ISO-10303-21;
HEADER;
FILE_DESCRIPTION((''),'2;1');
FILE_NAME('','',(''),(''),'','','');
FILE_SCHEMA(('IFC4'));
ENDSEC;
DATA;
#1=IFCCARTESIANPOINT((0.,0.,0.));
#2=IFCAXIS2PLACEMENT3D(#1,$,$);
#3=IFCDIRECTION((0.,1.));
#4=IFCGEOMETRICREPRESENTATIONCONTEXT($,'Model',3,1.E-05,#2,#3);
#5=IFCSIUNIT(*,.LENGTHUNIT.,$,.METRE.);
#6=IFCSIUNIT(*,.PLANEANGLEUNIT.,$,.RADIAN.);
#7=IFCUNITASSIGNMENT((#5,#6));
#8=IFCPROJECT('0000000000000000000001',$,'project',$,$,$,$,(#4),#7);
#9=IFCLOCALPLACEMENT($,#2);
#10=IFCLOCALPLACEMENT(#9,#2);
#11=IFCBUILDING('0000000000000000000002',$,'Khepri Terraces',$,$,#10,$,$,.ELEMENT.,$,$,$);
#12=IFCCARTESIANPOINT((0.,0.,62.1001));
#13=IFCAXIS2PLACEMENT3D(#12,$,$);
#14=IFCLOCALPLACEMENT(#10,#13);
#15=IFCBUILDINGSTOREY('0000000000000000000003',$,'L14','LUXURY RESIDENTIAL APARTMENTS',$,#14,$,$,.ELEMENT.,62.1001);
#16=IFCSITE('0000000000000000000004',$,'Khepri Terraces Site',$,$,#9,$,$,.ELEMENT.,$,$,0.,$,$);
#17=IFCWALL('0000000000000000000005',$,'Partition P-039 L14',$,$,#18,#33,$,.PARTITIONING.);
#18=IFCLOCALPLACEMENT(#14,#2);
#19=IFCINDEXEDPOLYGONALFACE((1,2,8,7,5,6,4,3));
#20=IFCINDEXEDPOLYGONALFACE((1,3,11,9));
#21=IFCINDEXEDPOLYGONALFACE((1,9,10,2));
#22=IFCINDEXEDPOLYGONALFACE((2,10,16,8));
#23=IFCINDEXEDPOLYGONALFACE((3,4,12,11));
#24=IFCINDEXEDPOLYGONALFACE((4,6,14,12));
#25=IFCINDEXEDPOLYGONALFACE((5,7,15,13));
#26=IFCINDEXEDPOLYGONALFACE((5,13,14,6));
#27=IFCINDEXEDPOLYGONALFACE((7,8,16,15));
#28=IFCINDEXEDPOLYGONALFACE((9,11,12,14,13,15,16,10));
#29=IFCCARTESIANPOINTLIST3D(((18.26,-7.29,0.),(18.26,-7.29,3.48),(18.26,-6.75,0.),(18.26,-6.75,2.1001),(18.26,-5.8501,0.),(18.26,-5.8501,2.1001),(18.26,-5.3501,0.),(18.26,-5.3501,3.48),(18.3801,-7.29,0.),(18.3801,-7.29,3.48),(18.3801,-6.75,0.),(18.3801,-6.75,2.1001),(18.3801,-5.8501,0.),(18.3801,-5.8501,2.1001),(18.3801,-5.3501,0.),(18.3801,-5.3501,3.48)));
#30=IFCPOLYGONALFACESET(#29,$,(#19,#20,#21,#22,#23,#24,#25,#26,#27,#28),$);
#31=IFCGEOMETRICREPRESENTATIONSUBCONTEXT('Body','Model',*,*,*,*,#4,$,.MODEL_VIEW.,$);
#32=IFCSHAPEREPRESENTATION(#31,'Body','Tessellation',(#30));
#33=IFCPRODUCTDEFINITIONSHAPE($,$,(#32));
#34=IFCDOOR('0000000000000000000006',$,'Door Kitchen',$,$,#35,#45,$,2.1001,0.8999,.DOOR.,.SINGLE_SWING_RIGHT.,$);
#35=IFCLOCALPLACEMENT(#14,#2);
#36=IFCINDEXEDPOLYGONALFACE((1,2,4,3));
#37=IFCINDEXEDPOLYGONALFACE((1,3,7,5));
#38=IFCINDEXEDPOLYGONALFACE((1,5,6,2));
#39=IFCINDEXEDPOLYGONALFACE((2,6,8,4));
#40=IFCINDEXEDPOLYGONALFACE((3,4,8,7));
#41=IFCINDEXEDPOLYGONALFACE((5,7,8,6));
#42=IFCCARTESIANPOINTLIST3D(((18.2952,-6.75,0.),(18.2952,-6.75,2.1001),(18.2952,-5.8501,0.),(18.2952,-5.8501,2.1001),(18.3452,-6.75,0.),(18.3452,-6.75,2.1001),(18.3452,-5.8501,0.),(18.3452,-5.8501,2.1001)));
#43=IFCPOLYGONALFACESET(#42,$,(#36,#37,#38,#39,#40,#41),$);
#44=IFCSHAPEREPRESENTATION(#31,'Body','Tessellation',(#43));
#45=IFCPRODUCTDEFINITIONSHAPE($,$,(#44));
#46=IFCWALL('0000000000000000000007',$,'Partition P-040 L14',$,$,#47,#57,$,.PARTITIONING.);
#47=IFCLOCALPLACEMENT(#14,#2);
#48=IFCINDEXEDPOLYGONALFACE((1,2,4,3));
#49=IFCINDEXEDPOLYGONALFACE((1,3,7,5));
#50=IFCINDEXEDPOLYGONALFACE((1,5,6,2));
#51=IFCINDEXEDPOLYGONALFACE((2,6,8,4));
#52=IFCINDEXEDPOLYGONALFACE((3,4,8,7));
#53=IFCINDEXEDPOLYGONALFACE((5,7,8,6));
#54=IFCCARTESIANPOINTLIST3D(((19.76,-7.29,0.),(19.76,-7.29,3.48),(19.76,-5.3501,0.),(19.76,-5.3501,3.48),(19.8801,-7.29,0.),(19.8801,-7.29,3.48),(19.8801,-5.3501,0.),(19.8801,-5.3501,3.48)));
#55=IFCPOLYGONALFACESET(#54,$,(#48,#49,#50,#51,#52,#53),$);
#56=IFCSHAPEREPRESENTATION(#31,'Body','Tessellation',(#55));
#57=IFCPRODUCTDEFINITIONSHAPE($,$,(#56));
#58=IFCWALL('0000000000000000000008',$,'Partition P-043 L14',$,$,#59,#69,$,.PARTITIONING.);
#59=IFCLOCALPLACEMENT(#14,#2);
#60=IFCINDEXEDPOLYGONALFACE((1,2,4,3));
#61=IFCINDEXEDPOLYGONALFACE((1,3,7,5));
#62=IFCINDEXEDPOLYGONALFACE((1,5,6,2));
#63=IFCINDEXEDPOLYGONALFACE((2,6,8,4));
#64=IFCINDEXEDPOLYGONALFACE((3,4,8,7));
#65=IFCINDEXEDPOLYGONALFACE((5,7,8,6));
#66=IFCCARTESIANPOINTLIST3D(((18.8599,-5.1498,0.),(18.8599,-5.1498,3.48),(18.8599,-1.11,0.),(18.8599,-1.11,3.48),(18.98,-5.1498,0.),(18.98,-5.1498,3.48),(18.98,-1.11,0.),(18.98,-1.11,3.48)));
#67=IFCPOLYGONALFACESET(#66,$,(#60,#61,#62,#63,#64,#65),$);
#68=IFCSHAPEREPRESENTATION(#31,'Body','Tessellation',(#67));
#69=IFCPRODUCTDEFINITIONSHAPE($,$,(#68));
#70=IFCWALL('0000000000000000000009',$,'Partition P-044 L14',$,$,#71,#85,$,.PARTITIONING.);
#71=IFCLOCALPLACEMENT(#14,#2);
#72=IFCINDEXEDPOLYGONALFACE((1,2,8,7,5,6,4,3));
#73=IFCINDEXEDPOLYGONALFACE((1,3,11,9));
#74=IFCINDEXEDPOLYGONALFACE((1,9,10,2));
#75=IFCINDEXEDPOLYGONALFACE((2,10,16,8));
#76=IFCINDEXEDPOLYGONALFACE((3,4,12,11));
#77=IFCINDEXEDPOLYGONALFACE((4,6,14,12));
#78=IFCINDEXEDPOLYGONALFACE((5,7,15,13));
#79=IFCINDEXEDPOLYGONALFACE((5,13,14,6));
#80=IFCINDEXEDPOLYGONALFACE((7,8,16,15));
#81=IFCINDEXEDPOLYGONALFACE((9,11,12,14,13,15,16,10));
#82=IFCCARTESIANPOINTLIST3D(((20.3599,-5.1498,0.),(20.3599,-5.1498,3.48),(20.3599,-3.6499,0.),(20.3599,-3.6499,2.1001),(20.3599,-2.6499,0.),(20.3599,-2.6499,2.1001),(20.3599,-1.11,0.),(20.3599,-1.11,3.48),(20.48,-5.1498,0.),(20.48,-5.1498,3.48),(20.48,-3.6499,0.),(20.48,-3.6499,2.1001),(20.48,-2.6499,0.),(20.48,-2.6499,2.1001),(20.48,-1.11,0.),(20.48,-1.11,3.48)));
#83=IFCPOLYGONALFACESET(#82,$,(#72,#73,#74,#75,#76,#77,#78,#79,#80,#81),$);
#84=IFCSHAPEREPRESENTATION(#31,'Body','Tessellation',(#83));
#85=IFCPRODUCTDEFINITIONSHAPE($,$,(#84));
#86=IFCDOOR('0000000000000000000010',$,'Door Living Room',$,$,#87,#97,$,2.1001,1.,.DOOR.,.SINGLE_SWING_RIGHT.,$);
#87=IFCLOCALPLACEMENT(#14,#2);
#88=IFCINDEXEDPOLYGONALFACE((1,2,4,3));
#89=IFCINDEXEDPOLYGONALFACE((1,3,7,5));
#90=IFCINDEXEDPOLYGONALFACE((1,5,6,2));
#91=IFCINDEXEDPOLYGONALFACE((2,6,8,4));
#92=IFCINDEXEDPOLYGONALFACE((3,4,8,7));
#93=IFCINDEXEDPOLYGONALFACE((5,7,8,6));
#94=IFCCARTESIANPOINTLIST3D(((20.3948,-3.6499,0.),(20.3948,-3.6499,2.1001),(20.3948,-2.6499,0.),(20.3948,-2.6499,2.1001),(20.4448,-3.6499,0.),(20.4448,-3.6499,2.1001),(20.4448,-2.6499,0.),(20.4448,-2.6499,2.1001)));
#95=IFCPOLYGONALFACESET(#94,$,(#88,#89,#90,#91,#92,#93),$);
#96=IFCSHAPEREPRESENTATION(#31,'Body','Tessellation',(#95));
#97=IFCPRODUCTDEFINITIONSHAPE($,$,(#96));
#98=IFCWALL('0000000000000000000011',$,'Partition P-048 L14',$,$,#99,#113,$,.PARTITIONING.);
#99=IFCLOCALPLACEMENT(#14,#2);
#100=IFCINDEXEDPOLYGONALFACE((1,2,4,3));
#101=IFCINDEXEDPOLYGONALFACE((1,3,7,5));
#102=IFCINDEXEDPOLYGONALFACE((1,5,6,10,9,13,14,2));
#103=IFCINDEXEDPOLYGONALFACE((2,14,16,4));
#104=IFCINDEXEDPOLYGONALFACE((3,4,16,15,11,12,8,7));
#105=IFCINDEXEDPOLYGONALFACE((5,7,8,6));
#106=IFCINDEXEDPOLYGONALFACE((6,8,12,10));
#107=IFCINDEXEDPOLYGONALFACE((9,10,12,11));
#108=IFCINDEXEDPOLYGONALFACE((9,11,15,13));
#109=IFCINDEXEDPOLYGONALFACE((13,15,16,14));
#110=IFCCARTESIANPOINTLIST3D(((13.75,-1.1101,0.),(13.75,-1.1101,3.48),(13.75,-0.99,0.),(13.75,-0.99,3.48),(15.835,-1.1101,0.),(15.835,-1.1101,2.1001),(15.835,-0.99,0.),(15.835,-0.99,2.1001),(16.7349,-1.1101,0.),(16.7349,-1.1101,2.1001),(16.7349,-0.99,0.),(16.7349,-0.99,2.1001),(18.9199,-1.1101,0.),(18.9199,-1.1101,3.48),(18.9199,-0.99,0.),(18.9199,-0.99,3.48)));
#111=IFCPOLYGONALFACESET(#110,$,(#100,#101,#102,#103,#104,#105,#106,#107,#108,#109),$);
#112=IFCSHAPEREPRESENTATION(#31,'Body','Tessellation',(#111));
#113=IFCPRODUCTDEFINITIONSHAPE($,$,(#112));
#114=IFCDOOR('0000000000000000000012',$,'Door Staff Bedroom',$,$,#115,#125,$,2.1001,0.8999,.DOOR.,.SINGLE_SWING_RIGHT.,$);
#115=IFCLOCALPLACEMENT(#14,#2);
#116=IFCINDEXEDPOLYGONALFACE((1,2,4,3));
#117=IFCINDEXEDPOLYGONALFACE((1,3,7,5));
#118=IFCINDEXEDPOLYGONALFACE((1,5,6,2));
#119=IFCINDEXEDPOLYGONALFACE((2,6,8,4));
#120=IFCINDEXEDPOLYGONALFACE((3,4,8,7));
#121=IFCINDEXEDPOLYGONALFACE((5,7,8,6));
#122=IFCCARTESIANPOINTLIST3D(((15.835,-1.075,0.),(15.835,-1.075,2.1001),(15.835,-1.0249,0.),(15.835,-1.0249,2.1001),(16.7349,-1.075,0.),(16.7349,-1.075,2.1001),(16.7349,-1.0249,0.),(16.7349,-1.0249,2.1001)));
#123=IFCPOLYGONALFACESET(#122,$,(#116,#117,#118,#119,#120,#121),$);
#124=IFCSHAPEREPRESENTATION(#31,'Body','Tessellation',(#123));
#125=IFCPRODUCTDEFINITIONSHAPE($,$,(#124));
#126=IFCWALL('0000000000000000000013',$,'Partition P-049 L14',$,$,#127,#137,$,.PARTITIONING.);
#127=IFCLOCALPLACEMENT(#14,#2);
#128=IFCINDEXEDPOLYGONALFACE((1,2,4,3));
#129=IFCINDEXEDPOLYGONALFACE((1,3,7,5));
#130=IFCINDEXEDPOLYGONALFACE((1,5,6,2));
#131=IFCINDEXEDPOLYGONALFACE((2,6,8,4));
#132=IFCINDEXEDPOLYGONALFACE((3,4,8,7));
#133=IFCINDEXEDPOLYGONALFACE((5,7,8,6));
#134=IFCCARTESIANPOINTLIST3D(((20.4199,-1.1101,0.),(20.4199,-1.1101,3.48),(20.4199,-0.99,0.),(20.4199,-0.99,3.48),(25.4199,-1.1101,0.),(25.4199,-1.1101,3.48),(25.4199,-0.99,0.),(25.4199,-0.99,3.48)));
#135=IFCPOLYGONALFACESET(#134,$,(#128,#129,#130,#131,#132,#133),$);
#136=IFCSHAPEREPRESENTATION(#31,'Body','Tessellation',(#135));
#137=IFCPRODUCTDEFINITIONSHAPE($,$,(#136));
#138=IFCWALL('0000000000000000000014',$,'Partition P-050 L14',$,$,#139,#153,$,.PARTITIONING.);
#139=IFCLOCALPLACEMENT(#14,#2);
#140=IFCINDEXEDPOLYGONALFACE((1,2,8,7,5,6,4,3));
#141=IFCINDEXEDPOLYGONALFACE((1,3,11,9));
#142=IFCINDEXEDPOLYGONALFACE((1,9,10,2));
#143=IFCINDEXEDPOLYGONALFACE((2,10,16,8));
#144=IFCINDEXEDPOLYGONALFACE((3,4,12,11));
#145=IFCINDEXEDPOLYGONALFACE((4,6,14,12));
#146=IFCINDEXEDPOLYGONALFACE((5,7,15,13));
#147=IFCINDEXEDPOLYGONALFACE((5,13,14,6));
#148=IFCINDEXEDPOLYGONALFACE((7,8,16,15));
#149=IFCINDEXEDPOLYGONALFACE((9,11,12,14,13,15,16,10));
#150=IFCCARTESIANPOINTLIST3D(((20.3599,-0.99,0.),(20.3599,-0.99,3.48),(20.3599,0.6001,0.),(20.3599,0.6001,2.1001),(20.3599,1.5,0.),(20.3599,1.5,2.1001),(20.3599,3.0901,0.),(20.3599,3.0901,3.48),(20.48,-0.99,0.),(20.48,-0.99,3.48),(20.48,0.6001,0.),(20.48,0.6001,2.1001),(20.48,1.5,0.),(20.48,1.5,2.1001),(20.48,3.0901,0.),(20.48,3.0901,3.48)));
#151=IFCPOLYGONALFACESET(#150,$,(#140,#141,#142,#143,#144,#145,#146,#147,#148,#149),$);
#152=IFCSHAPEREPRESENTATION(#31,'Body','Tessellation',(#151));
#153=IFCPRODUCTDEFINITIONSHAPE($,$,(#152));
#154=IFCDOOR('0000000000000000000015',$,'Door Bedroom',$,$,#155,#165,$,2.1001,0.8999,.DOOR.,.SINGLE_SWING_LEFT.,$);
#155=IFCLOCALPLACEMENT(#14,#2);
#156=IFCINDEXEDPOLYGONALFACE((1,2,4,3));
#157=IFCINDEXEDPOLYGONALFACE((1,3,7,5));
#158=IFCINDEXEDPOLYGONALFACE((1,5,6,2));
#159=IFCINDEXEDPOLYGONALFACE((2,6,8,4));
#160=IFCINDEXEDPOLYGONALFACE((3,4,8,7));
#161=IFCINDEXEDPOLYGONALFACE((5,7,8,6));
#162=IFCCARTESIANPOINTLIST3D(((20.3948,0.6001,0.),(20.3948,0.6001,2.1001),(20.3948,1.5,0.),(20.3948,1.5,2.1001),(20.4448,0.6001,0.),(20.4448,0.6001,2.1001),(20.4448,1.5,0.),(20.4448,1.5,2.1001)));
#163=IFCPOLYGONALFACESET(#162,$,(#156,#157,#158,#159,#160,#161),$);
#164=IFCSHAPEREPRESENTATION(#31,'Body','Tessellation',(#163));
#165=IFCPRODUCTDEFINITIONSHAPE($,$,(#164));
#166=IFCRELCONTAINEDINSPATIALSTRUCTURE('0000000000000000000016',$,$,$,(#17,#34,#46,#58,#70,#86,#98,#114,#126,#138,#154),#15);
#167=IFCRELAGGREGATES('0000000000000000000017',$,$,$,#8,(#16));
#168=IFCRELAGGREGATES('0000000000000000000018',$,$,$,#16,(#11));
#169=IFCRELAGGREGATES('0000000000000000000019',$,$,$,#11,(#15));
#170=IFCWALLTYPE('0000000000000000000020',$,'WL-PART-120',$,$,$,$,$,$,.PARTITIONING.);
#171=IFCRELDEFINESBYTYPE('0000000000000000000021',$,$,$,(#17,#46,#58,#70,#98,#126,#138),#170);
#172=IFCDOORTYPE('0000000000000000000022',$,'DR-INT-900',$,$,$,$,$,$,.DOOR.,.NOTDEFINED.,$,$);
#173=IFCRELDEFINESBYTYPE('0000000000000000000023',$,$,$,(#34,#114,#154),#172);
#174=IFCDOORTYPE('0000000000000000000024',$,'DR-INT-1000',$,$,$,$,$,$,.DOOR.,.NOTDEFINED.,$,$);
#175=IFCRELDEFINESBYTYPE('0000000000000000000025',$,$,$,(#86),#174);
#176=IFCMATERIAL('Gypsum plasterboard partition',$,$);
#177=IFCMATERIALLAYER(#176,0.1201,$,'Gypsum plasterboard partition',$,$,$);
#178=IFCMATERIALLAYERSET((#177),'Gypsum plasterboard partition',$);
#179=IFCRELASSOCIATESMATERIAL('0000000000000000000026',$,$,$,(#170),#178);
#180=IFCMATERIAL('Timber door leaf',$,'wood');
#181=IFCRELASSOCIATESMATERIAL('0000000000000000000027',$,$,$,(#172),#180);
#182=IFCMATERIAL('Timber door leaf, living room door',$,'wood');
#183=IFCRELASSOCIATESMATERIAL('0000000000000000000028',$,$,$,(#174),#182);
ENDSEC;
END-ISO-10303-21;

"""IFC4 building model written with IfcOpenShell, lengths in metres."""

from ifc_helpers import new_model, si_unit, direction, frame, frame_2d, origin, place, context, subcontext, project, spatial, rectangle, extrude, material, layer, layer_set, type_object, element, fill, save


model = new_model("IFC4")

# Units and contexts
model_context = context("Model", 3, precision=1e-05, world=origin(), true_north=direction((0.0, 1.0)))
body_context = subcontext(model_context, "Body", "Model", "MODEL_VIEW")
ifc_project = project(units=[si_unit("LENGTHUNIT", "METRE"), si_unit("PLANEANGLEUNIT", "RADIAN")], contexts=[model_context])

# Site, building, storey
site_placement = place(None, origin())
site = spatial("IfcSite", under=ifc_project, at=site_placement, Name="Khepri Terraces Site", CompositionType="ELEMENT", RefElevation=0.0)
building_placement = place(site_placement, origin())
building = spatial("IfcBuilding", under=site, at=building_placement, Name="Khepri Terraces", CompositionType="ELEMENT")
storey_placement = place(building_placement, frame((0.0, 0.0, 62.1001)))
storey = spatial("IfcBuildingStorey", under=building, at=storey_placement, Name="L14", Description="LUXURY RESIDENTIAL APARTMENTS", CompositionType="ELEMENT", Elevation=62.1001)

# Shared definitions
ifc_material_1 = material(Name="Gypsum plasterboard partition")
ifc_layer_1 = layer(ifc_material_1, 0.1201, Name="Gypsum plasterboard partition")
ifc_layer_set_1 = layer_set([ifc_layer_1], Name="Gypsum plasterboard partition")
wall_type_1 = type_object("IfcWallType", Name="WL-PART-120", PredefinedType="PARTITIONING", material=ifc_layer_set_1)
ifc_material_2 = material(Name="Timber door leaf", Category="wood")
door_type_1 = type_object("IfcDoorType", Name="DR-INT-900", OperationType="NOTDEFINED", PredefinedType="DOOR", material=ifc_material_2)

# Wall, opening, door
wall_1_placement = place(storey_placement, frame((18.3201, -7.29, 0.0), z_axis=(0.0, 0.0, 1.0), x_axis=(0.0, 1.0, 0.0)))
wall_1 = element("IfcWall", 1, at=wall_1_placement, inside=storey, type_object=wall_type_1, Name="Partition P-039 L14", PredefinedType="PARTITIONING", context=body_context, shape_type="SweptSolid", body=[
    extrude(rectangle(XDim=1.9399, YDim=0.1201, at=frame_2d((0.97, 0.0))), origin(), (0.0, 0.0, 1.0), 3.48),
])
opening_1_placement = place(wall_1_placement, frame((0.54, 0.0, 0.0)))
opening_1 = element("IfcOpeningElement", 2, at=opening_1_placement, cuts=wall_1, PredefinedType="OPENING", context=body_context, shape_type="SweptSolid", body=[
    extrude(rectangle(XDim=0.8999, YDim=2.1001, at=frame_2d((0.45, 1.05))), frame((0.0, 0.0701, 0.0), z_axis=(0.0, -1.0, 0.0), x_axis=(1.0, 0.0, 0.0)), (0.0, 0.0, 1.0), 0.1401),
])
door_1_placement = place(opening_1_placement, origin())
door_1 = element("IfcDoor", 3, at=door_1_placement, inside=storey, type_object=door_type_1, Name="Door Kitchen", OperationType="SINGLE_SWING_RIGHT", OverallHeight=2.1001, OverallWidth=0.8999, PredefinedType="DOOR", context=body_context, shape_type="SweptSolid", body=[
    extrude(rectangle(XDim=0.8999, YDim=2.1001, at=frame_2d((0.45, 1.05))), frame((0.0, 0.0249, 0.0), z_axis=(0.0, -1.0, 0.0), x_axis=(1.0, 0.0, 0.0)), (0.0, 0.0, 1.0), 0.05),
])
fill(opening_1, door_1)

# Walls
wall_2_placement = place(storey_placement, frame((19.8201, -7.29, 0.0), z_axis=(0.0, 0.0, 1.0), x_axis=(0.0, 1.0, 0.0)))
element("IfcWall", 4, at=wall_2_placement, inside=storey, type_object=wall_type_1, Name="Partition P-040 L14", PredefinedType="PARTITIONING", context=body_context, shape_type="SweptSolid", body=[
    extrude(rectangle(XDim=1.9399, YDim=0.1201, at=frame_2d((0.97, 0.0))), origin(), (0.0, 0.0, 1.0), 3.48),
])
wall_3_placement = place(storey_placement, frame((18.9199, -5.1499, 0.0), z_axis=(0.0, 0.0, 1.0), x_axis=(0.0, 1.0, 0.0)))
element("IfcWall", 5, at=wall_3_placement, inside=storey, type_object=wall_type_1, Name="Partition P-043 L14", PredefinedType="PARTITIONING", context=body_context, shape_type="SweptSolid", body=[
    extrude(rectangle(XDim=4.0398, YDim=0.1201, at=frame_2d((2.02, 0.0))), origin(), (0.0, 0.0, 1.0), 3.48),
])

# Walls, openings, doors
wall_4_placement = place(storey_placement, frame((20.4199, -5.1499, 0.0), z_axis=(0.0, 0.0, 1.0), x_axis=(0.0, 1.0, 0.0)))
wall_4 = element("IfcWall", 6, at=wall_4_placement, inside=storey, type_object=wall_type_1, Name="Partition P-044 L14", PredefinedType="PARTITIONING", context=body_context, shape_type="SweptSolid", body=[
    extrude(rectangle(XDim=4.0398, YDim=0.1201, at=frame_2d((2.02, 0.0))), origin(), (0.0, 0.0, 1.0), 3.48),
])
opening_2_placement = place(wall_4_placement, frame((1.5, 0.0, 0.0)))
opening_2 = element("IfcOpeningElement", 7, at=opening_2_placement, cuts=wall_4, PredefinedType="OPENING", context=body_context, shape_type="SweptSolid", body=[
    extrude(rectangle(XDim=1.0, YDim=2.1001, at=frame_2d((0.5, 1.05))), frame((0.0, 0.0701, 0.0), z_axis=(0.0, -1.0, 0.0), x_axis=(1.0, 0.0, 0.0)), (0.0, 0.0, 1.0), 0.1401),
])
ifc_material_3 = material(Name="Timber door leaf, living room door", Category="wood")
door_type_2 = type_object("IfcDoorType", Name="DR-INT-1000", OperationType="NOTDEFINED", PredefinedType="DOOR", material=ifc_material_3)
door_2_placement = place(opening_2_placement, frame((1.0, 0.0, 0.0), z_axis=(0.0, 0.0, 1.0), x_axis=(-1.0, 0.0, 0.0)))
door_2 = element("IfcDoor", 8, at=door_2_placement, inside=storey, type_object=door_type_2, Name="Door Living Room", OperationType="SINGLE_SWING_RIGHT", OverallHeight=2.1001, OverallWidth=1.0, PredefinedType="DOOR", context=body_context, shape_type="SweptSolid", body=[
    extrude(rectangle(XDim=1.0, YDim=2.1001, at=frame_2d((0.5, 1.05))), frame((0.0, 0.0249, 0.0), z_axis=(0.0, -1.0, 0.0), x_axis=(1.0, 0.0, 0.0)), (0.0, 0.0, 1.0), 0.05),
])
fill(opening_2, door_2)
wall_5_placement = place(storey_placement, frame((13.75, -1.05, 0.0), z_axis=(0.0, 0.0, 1.0), x_axis=(1.0, 0.0, 0.0)))
wall_5 = element("IfcWall", 9, at=wall_5_placement, inside=storey, type_object=wall_type_1, Name="Partition P-048 L14", PredefinedType="PARTITIONING", context=body_context, shape_type="SweptSolid", body=[
    extrude(rectangle(XDim=5.1699, YDim=0.1201, at=frame_2d((2.585, 0.0))), origin(), (0.0, 0.0, 1.0), 3.48),
])
opening_3_placement = place(wall_5_placement, frame((2.085, 0.0, 0.0)))
opening_3 = element("IfcOpeningElement", 10, at=opening_3_placement, cuts=wall_5, PredefinedType="OPENING", context=body_context, shape_type="SweptSolid", body=[
    extrude(rectangle(XDim=0.8999, YDim=2.1001, at=frame_2d((0.45, 1.05))), frame((0.0, 0.0701, 0.0), z_axis=(0.0, -1.0, 0.0), x_axis=(1.0, 0.0, 0.0)), (0.0, 0.0, 1.0), 0.1401),
])
door_3_placement = place(opening_3_placement, frame((0.8999, 0.0, 0.0), z_axis=(0.0, 0.0, 1.0), x_axis=(-1.0, 0.0, 0.0)))
door_3 = element("IfcDoor", 11, at=door_3_placement, inside=storey, type_object=door_type_1, Name="Door Staff Bedroom", OperationType="SINGLE_SWING_RIGHT", OverallHeight=2.1001, OverallWidth=0.8999, PredefinedType="DOOR", context=body_context, shape_type="SweptSolid", body=[
    extrude(rectangle(XDim=0.8999, YDim=2.1001, at=frame_2d((0.45, 1.05))), frame((0.0, 0.0249, 0.0), z_axis=(0.0, -1.0, 0.0), x_axis=(1.0, 0.0, 0.0)), (0.0, 0.0, 1.0), 0.05),
])
fill(opening_3, door_3)

# Wall
wall_6_placement = place(storey_placement, frame((20.4199, -1.05, 0.0), z_axis=(0.0, 0.0, 1.0), x_axis=(1.0, 0.0, 0.0)))
element("IfcWall", 12, at=wall_6_placement, inside=storey, type_object=wall_type_1, Name="Partition P-049 L14", PredefinedType="PARTITIONING", context=body_context, shape_type="SweptSolid", body=[
    extrude(rectangle(XDim=5.0, YDim=0.1201, at=frame_2d((2.5, 0.0))), origin(), (0.0, 0.0, 1.0), 3.48),
])

# Wall, opening, door
wall_7_placement = place(storey_placement, frame((20.4199, -0.99, 0.0), z_axis=(0.0, 0.0, 1.0), x_axis=(0.0, 1.0, 0.0)))
wall_7 = element("IfcWall", 13, at=wall_7_placement, inside=storey, type_object=wall_type_1, Name="Partition P-050 L14", PredefinedType="PARTITIONING", context=body_context, shape_type="SweptSolid", body=[
    extrude(rectangle(XDim=4.0801, YDim=0.1201, at=frame_2d((2.04, 0.0))), origin(), (0.0, 0.0, 1.0), 3.48),
])
opening_4_placement = place(wall_7_placement, frame((1.5901, 0.0, 0.0)))
opening_4 = element("IfcOpeningElement", 14, at=opening_4_placement, cuts=wall_7, PredefinedType="OPENING", context=body_context, shape_type="SweptSolid", body=[
    extrude(rectangle(XDim=0.8999, YDim=2.1001, at=frame_2d((0.45, 1.05))), frame((0.0, 0.0701, 0.0), z_axis=(0.0, -1.0, 0.0), x_axis=(1.0, 0.0, 0.0)), (0.0, 0.0, 1.0), 0.1401),
])
door_4_placement = place(opening_4_placement, frame((0.8999, 0.0, 0.0), z_axis=(0.0, 0.0, 1.0), x_axis=(-1.0, 0.0, 0.0)))
door_4 = element("IfcDoor", 15, at=door_4_placement, inside=storey, type_object=door_type_1, Name="Door Bedroom", OperationType="SINGLE_SWING_LEFT", OverallHeight=2.1001, OverallWidth=0.8999, PredefinedType="DOOR", context=body_context, shape_type="SweptSolid", body=[
    extrude(rectangle(XDim=0.8999, YDim=2.1001, at=frame_2d((0.45, 1.05))), frame((0.0, 0.0249, 0.0), z_axis=(0.0, -1.0, 0.0), x_axis=(1.0, 0.0, 0.0)), (0.0, 0.0, 1.0), 0.05),
])
fill(opening_4, door_4)

save(model, "model.ifc")
